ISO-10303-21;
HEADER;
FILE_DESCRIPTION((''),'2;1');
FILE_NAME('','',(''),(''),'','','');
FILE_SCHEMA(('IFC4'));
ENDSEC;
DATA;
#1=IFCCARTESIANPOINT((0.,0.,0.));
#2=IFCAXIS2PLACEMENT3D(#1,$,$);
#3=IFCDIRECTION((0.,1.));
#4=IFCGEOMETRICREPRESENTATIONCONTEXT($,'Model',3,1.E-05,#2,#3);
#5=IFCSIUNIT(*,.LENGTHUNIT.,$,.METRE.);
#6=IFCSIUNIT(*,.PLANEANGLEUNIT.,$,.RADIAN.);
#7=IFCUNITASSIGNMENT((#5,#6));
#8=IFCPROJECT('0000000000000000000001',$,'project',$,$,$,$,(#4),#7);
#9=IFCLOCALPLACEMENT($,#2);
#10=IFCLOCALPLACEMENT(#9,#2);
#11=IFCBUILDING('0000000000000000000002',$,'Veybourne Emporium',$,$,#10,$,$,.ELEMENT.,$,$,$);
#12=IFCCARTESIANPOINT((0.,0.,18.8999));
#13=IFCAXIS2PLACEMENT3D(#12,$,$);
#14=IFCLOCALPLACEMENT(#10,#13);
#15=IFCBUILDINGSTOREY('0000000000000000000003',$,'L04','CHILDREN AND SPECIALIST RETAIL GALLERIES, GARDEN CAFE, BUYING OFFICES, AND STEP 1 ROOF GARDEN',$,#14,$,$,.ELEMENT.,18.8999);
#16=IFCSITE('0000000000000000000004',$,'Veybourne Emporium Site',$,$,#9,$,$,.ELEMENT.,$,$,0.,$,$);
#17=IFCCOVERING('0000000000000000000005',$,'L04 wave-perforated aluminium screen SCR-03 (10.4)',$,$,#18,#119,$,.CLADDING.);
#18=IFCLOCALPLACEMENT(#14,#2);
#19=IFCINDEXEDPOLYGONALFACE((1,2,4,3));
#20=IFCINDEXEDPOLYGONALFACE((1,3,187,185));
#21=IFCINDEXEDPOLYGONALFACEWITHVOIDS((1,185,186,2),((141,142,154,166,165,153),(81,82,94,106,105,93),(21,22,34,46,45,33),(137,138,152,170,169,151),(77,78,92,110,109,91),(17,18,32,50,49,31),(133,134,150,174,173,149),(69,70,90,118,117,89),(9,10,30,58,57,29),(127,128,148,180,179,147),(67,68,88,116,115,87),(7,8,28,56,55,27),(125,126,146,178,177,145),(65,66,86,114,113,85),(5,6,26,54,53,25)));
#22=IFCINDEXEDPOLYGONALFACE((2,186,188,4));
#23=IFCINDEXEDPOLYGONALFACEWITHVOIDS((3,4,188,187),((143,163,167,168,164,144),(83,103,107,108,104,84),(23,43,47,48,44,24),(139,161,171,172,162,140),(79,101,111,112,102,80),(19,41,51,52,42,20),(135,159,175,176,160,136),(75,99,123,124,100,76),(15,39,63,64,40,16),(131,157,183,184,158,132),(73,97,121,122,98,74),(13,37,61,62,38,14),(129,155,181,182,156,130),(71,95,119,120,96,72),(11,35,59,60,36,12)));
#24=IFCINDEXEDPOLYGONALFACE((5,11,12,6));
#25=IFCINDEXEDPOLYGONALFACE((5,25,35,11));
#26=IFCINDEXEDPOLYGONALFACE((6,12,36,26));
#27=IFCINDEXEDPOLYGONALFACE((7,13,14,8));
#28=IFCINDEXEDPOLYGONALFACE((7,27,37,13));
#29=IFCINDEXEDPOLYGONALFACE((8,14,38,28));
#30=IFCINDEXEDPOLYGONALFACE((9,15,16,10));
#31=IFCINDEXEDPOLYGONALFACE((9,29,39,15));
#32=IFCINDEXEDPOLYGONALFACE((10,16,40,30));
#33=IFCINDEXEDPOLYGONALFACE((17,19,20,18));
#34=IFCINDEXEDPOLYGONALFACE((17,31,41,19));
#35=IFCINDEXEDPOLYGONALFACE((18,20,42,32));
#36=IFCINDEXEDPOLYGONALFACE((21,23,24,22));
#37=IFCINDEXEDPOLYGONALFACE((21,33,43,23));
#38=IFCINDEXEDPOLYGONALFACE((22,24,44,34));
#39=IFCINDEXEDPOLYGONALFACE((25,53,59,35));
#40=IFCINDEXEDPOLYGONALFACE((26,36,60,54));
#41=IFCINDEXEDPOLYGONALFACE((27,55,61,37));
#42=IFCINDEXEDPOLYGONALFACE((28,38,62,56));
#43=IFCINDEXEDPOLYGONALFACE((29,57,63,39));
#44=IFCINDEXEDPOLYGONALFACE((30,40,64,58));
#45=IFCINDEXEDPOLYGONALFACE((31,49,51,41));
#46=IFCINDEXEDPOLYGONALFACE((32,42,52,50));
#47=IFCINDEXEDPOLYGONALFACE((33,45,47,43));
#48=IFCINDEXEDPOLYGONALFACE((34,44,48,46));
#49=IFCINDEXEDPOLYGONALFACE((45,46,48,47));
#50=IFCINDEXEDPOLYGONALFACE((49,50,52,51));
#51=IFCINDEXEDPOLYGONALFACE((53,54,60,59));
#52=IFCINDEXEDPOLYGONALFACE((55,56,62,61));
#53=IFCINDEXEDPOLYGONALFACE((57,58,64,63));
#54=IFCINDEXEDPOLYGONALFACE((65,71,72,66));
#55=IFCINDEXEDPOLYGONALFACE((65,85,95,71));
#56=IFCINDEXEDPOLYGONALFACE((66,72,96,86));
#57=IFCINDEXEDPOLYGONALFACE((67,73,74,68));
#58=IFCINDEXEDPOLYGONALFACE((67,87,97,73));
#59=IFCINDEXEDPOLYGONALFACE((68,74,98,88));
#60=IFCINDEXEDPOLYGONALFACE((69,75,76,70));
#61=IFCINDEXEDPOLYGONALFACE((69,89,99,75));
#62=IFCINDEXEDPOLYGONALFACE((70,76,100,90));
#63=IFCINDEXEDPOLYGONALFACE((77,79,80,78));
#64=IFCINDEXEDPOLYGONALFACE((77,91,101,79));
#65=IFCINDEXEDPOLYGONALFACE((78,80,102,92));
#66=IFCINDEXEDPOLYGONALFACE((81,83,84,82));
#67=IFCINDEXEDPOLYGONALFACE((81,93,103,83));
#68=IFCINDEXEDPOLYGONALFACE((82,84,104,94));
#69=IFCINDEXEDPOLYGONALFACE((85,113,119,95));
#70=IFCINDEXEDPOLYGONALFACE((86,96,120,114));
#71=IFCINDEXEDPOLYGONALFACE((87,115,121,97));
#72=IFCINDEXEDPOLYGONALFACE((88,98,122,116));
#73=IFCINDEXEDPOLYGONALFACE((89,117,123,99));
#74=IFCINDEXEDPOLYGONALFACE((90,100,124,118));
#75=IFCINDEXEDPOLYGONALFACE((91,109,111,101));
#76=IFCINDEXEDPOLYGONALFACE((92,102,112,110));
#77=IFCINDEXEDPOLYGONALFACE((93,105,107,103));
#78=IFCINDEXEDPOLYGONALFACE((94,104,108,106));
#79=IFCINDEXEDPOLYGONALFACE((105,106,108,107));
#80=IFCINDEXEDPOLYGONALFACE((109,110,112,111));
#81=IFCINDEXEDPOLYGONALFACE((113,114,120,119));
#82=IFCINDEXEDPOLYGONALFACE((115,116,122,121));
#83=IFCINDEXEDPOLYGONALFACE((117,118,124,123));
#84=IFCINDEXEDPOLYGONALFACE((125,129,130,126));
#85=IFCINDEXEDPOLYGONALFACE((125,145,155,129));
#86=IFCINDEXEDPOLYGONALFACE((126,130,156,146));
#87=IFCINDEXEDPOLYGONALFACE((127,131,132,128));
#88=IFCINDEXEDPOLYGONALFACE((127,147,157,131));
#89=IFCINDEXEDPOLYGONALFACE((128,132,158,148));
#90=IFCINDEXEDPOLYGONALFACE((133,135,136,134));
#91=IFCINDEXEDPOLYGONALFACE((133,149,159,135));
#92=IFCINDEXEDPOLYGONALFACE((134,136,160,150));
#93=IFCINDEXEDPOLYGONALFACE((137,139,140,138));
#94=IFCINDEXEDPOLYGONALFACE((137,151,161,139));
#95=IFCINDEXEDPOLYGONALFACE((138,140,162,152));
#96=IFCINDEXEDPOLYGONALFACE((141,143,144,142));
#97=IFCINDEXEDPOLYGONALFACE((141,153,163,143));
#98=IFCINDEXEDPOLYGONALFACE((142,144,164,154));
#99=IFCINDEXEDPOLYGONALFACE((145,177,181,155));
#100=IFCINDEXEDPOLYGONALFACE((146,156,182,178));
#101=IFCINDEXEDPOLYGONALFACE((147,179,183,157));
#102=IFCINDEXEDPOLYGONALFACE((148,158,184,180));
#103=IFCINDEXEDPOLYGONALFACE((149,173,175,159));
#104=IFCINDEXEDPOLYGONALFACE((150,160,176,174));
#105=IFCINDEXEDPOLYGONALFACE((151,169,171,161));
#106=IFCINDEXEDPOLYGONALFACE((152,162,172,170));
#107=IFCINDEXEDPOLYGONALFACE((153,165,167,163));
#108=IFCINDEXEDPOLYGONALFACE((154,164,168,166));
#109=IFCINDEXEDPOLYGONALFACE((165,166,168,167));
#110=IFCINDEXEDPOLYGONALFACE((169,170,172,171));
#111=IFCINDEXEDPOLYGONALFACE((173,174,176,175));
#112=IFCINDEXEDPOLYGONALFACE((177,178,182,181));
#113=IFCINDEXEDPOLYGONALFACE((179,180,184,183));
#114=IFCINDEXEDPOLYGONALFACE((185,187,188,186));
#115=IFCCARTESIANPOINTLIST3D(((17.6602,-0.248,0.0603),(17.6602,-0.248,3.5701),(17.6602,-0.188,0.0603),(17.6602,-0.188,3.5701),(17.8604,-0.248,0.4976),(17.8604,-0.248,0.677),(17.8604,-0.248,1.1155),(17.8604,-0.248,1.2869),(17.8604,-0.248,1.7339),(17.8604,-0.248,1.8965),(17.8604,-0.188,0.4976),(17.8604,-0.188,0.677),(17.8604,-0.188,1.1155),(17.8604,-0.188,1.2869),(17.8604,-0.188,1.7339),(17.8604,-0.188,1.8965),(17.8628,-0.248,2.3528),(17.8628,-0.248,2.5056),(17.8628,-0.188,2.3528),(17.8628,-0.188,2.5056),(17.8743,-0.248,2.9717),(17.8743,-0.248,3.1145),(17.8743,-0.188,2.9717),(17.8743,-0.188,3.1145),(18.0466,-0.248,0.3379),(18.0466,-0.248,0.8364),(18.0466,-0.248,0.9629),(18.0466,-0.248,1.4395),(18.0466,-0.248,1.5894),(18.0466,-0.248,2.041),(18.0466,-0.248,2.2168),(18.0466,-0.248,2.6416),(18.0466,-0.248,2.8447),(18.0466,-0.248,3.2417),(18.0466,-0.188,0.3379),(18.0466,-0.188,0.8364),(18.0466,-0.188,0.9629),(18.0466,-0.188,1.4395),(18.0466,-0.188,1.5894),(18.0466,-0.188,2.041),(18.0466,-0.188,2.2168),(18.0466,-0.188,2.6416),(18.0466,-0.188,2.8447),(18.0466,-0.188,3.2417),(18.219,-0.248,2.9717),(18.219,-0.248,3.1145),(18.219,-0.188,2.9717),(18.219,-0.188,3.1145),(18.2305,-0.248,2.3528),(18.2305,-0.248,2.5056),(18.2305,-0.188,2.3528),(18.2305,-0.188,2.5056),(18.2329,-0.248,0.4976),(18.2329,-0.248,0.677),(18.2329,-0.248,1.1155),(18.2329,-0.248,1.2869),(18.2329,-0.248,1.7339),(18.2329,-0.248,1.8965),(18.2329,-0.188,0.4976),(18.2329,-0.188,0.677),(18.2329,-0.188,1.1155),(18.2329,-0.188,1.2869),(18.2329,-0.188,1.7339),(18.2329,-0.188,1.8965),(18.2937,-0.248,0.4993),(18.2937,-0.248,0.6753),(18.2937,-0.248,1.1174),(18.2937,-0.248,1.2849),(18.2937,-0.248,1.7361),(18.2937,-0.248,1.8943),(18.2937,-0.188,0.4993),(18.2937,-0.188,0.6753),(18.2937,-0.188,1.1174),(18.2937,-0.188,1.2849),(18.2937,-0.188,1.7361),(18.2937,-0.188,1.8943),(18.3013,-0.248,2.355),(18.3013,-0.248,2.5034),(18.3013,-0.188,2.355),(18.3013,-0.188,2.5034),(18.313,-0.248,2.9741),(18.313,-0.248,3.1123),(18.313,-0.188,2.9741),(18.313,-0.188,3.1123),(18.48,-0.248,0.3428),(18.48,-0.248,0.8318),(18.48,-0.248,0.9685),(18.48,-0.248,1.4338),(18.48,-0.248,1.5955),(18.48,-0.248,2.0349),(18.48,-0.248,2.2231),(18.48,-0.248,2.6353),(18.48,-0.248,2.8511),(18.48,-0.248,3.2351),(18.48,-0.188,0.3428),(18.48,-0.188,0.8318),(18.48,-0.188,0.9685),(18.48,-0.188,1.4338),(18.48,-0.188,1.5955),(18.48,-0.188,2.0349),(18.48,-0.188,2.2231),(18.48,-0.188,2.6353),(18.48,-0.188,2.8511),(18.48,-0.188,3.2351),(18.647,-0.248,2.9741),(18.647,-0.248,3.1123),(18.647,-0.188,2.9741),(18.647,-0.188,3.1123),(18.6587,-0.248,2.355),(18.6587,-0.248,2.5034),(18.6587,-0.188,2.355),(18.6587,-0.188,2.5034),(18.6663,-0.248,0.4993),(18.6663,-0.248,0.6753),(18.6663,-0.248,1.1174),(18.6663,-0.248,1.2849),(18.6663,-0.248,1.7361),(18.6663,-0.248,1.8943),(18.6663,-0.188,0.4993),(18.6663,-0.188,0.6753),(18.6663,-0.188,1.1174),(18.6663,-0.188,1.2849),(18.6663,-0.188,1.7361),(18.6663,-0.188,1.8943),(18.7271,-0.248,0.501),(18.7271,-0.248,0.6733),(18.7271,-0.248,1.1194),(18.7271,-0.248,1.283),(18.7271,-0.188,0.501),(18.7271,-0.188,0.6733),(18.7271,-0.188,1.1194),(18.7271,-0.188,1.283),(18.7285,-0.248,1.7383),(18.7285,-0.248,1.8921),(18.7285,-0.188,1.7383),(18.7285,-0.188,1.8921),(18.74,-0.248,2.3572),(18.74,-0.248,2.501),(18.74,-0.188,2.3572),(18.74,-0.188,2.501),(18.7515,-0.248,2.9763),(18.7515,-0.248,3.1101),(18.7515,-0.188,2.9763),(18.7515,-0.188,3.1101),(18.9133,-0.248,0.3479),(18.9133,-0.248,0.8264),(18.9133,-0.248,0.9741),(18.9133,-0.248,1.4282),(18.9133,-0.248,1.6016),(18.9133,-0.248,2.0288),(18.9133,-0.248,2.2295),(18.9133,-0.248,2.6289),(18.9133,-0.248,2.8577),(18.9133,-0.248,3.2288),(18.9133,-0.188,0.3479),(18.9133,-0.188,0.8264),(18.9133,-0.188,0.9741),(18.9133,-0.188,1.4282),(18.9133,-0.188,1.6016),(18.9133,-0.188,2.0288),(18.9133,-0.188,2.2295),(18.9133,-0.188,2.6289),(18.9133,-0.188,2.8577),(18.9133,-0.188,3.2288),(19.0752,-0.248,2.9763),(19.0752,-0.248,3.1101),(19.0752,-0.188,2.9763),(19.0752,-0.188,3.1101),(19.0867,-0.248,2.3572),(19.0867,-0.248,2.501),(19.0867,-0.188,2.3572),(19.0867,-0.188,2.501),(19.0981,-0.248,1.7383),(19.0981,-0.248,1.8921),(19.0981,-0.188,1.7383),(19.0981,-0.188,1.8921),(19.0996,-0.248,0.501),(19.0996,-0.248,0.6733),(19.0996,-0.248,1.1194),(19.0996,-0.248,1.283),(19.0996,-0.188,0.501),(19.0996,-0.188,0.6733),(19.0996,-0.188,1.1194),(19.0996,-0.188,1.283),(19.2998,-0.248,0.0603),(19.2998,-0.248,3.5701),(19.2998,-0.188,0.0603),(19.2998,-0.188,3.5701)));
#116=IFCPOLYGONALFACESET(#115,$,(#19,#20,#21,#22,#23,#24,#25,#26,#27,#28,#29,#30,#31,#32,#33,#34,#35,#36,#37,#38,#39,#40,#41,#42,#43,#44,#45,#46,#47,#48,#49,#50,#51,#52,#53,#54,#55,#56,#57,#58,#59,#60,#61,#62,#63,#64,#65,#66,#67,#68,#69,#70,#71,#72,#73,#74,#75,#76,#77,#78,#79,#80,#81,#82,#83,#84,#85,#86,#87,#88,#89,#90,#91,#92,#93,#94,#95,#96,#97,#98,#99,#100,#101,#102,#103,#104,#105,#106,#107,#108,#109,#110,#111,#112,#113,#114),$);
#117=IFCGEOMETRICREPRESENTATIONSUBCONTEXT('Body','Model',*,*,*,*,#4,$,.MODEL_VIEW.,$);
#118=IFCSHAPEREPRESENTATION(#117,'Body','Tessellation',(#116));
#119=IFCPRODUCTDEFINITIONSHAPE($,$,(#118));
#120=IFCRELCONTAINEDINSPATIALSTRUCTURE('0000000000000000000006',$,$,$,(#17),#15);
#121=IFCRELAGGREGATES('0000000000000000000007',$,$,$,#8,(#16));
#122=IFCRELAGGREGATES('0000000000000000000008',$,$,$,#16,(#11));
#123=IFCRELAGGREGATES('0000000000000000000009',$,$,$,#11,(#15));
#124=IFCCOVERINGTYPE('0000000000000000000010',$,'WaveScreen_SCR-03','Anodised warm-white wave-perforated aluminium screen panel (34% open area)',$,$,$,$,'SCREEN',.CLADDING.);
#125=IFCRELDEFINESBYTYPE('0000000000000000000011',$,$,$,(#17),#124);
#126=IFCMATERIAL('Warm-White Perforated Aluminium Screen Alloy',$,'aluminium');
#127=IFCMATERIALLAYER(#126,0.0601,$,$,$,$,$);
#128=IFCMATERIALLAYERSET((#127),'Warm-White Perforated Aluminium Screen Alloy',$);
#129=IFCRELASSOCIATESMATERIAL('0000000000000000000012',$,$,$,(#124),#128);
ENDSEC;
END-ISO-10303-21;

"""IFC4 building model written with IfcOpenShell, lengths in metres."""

from ifc_helpers import new_model, si_unit, direction, frame, origin, place, context, subcontext, project, spatial, polyline, outline, extrude, material, layer, layer_set, type_object, element, save


model = new_model("IFC4")

# Units and contexts
model_context = context("Model", 3, precision=1e-05, world=origin(), true_north=direction((0.0, 1.0)))
body_context = subcontext(model_context, "Body", "Model", "MODEL_VIEW")
ifc_project = project(units=[si_unit("LENGTHUNIT", "METRE"), si_unit("PLANEANGLEUNIT", "RADIAN")], contexts=[model_context])

# Site, building, storey
site_placement = place(None, origin())
site = spatial("IfcSite", under=ifc_project, at=site_placement, Name="Veybourne Emporium Site", CompositionType="ELEMENT", RefElevation=0.0)
building_placement = place(site_placement, origin())
building = spatial("IfcBuilding", under=site, at=building_placement, Name="Veybourne Emporium", CompositionType="ELEMENT")
storey_placement = place(building_placement, frame((0.0, 0.0, 18.8999)))
storey = spatial("IfcBuildingStorey", under=building, at=storey_placement, Name="L04", Description="CHILDREN AND SPECIALIST RETAIL GALLERIES, GARDEN CAFE, BUYING OFFICES, AND STEP 1 ROOF GARDEN", CompositionType="ELEMENT", Elevation=18.8999)

# Covering
ifc_material_1 = material(Name="Warm-White Perforated Aluminium Screen Alloy", Category="aluminium")
ifc_layer_1 = layer(ifc_material_1, 0.0601)
ifc_layer_set_1 = layer_set([ifc_layer_1], Name="Warm-White Perforated Aluminium Screen Alloy")
covering_type_1 = type_object("IfcCoveringType", Name="WaveScreen_SCR-03", Description="Anodised warm-white wave-perforated aluminium screen panel (34% open area)", ElementType="SCREEN", PredefinedType="CLADDING", material=ifc_layer_set_1)
covering_1_placement = place(storey_placement, frame((18.48, -0.248, 1.8152), z_axis=(0.0, 1.0, 0.0), x_axis=(-1.0, 0.0, 0.0)))
element("IfcCovering", 1, at=covering_1_placement, inside=storey, type_object=covering_type_1, Name="L04 wave-perforated aluminium screen SCR-03 (10.4)", PredefinedType="CLADDING", context=body_context, shape_type="SweptSolid", body=[
    extrude(outline(polyline([(-0.8198, -1.7549), (0.8198, -1.7549), (0.8198, 1.7549), (-0.8198, 1.7549), (-0.8198, -1.7549)]), holes=[polyline([(-0.4333, -0.9888), (-0.2471, -1.1418), (-0.2471, -1.3142), (-0.4333, -1.4673), (-0.6196, -1.3142), (-0.6196, -1.1418), (-0.4333, -0.9888)]), polyline([(-0.4333, -0.387), (-0.2471, -0.5322), (-0.2471, -0.6958), (-0.4333, -0.8411), (-0.6196, -0.6958), (-0.6196, -0.5322), (-0.4333, -0.387)]), polyline([(-0.4333, 0.2136), (-0.2485, 0.0769), (-0.2485, -0.0769), (-0.4333, -0.2136), (-0.6182, -0.0769), (-0.6182, 0.0769), (-0.4333, 0.2136)]), polyline([(-0.4333, 0.8137), (-0.26, 0.6858), (-0.26, 0.542), (-0.4333, 0.4143), (-0.6067, 0.542), (-0.6067, 0.6858), (-0.4333, 0.8137)]), polyline([(-0.4333, 1.4136), (-0.2715, 1.2949), (-0.2715, 1.1611), (-0.4333, 1.0425), (-0.5952, 1.1611), (-0.5952, 1.2949), (-0.4333, 1.4136)]), polyline([(0.0, -0.9834), (0.1863, -1.1399), (0.1863, -1.3159), (0.0, -1.4724), (-0.1863, -1.3159), (-0.1863, -1.1399), (0.0, -0.9834)]), polyline([(0.0, -0.3813), (0.1863, -0.5303), (0.1863, -0.6978), (0.0, -0.8467), (-0.1863, -0.6978), (-0.1863, -0.5303), (0.0, -0.3813)]), polyline([(0.0, 0.2197), (0.1863, 0.0791), (0.1863, -0.0791), (0.0, -0.2197), (-0.1863, -0.0791), (-0.1863, 0.0791), (0.0, 0.2197)]), polyline([(0.0, 0.8201), (0.1787, 0.6882), (0.1787, 0.5398), (0.0, 0.408), (-0.1787, 0.5398), (-0.1787, 0.6882), (0.0, 0.8201)]), polyline([(0.0, 1.4199), (0.167, 1.2971), (0.167, 1.1589), (0.0, 1.0359), (-0.167, 1.1589), (-0.167, 1.2971), (0.0, 1.4199)]), polyline([(0.4333, -0.9788), (0.6196, -1.1382), (0.6196, -1.3176), (0.4333, -1.4773), (0.2471, -1.3176), (0.2471, -1.1382), (0.4333, -0.9788)]), polyline([(0.4333, -0.3757), (0.6196, -0.5283), (0.6196, -0.6997), (0.4333, -0.8523), (0.2471, -0.6997), (0.2471, -0.5283), (0.4333, -0.3757)]), polyline([(0.4333, 0.2258), (0.6196, 0.0813), (0.6196, -0.0813), (0.4333, -0.2258), (0.2471, -0.0813), (0.2471, 0.0813), (0.4333, 0.2258)]), polyline([(0.4333, 0.8264), (0.6172, 0.6904), (0.6172, 0.5376), (0.4333, 0.4016), (0.2495, 0.5376), (0.2495, 0.6904), (0.4333, 0.8264)]), polyline([(0.4333, 1.4265), (0.6057, 1.2993), (0.6057, 1.1565), (0.4333, 1.0295), (0.261, 1.1565), (0.261, 1.2993), (0.4333, 1.4265)])]), origin(), (0.0, 0.0, 1.0), 0.0601),
])

save(model, "model.ifc")
